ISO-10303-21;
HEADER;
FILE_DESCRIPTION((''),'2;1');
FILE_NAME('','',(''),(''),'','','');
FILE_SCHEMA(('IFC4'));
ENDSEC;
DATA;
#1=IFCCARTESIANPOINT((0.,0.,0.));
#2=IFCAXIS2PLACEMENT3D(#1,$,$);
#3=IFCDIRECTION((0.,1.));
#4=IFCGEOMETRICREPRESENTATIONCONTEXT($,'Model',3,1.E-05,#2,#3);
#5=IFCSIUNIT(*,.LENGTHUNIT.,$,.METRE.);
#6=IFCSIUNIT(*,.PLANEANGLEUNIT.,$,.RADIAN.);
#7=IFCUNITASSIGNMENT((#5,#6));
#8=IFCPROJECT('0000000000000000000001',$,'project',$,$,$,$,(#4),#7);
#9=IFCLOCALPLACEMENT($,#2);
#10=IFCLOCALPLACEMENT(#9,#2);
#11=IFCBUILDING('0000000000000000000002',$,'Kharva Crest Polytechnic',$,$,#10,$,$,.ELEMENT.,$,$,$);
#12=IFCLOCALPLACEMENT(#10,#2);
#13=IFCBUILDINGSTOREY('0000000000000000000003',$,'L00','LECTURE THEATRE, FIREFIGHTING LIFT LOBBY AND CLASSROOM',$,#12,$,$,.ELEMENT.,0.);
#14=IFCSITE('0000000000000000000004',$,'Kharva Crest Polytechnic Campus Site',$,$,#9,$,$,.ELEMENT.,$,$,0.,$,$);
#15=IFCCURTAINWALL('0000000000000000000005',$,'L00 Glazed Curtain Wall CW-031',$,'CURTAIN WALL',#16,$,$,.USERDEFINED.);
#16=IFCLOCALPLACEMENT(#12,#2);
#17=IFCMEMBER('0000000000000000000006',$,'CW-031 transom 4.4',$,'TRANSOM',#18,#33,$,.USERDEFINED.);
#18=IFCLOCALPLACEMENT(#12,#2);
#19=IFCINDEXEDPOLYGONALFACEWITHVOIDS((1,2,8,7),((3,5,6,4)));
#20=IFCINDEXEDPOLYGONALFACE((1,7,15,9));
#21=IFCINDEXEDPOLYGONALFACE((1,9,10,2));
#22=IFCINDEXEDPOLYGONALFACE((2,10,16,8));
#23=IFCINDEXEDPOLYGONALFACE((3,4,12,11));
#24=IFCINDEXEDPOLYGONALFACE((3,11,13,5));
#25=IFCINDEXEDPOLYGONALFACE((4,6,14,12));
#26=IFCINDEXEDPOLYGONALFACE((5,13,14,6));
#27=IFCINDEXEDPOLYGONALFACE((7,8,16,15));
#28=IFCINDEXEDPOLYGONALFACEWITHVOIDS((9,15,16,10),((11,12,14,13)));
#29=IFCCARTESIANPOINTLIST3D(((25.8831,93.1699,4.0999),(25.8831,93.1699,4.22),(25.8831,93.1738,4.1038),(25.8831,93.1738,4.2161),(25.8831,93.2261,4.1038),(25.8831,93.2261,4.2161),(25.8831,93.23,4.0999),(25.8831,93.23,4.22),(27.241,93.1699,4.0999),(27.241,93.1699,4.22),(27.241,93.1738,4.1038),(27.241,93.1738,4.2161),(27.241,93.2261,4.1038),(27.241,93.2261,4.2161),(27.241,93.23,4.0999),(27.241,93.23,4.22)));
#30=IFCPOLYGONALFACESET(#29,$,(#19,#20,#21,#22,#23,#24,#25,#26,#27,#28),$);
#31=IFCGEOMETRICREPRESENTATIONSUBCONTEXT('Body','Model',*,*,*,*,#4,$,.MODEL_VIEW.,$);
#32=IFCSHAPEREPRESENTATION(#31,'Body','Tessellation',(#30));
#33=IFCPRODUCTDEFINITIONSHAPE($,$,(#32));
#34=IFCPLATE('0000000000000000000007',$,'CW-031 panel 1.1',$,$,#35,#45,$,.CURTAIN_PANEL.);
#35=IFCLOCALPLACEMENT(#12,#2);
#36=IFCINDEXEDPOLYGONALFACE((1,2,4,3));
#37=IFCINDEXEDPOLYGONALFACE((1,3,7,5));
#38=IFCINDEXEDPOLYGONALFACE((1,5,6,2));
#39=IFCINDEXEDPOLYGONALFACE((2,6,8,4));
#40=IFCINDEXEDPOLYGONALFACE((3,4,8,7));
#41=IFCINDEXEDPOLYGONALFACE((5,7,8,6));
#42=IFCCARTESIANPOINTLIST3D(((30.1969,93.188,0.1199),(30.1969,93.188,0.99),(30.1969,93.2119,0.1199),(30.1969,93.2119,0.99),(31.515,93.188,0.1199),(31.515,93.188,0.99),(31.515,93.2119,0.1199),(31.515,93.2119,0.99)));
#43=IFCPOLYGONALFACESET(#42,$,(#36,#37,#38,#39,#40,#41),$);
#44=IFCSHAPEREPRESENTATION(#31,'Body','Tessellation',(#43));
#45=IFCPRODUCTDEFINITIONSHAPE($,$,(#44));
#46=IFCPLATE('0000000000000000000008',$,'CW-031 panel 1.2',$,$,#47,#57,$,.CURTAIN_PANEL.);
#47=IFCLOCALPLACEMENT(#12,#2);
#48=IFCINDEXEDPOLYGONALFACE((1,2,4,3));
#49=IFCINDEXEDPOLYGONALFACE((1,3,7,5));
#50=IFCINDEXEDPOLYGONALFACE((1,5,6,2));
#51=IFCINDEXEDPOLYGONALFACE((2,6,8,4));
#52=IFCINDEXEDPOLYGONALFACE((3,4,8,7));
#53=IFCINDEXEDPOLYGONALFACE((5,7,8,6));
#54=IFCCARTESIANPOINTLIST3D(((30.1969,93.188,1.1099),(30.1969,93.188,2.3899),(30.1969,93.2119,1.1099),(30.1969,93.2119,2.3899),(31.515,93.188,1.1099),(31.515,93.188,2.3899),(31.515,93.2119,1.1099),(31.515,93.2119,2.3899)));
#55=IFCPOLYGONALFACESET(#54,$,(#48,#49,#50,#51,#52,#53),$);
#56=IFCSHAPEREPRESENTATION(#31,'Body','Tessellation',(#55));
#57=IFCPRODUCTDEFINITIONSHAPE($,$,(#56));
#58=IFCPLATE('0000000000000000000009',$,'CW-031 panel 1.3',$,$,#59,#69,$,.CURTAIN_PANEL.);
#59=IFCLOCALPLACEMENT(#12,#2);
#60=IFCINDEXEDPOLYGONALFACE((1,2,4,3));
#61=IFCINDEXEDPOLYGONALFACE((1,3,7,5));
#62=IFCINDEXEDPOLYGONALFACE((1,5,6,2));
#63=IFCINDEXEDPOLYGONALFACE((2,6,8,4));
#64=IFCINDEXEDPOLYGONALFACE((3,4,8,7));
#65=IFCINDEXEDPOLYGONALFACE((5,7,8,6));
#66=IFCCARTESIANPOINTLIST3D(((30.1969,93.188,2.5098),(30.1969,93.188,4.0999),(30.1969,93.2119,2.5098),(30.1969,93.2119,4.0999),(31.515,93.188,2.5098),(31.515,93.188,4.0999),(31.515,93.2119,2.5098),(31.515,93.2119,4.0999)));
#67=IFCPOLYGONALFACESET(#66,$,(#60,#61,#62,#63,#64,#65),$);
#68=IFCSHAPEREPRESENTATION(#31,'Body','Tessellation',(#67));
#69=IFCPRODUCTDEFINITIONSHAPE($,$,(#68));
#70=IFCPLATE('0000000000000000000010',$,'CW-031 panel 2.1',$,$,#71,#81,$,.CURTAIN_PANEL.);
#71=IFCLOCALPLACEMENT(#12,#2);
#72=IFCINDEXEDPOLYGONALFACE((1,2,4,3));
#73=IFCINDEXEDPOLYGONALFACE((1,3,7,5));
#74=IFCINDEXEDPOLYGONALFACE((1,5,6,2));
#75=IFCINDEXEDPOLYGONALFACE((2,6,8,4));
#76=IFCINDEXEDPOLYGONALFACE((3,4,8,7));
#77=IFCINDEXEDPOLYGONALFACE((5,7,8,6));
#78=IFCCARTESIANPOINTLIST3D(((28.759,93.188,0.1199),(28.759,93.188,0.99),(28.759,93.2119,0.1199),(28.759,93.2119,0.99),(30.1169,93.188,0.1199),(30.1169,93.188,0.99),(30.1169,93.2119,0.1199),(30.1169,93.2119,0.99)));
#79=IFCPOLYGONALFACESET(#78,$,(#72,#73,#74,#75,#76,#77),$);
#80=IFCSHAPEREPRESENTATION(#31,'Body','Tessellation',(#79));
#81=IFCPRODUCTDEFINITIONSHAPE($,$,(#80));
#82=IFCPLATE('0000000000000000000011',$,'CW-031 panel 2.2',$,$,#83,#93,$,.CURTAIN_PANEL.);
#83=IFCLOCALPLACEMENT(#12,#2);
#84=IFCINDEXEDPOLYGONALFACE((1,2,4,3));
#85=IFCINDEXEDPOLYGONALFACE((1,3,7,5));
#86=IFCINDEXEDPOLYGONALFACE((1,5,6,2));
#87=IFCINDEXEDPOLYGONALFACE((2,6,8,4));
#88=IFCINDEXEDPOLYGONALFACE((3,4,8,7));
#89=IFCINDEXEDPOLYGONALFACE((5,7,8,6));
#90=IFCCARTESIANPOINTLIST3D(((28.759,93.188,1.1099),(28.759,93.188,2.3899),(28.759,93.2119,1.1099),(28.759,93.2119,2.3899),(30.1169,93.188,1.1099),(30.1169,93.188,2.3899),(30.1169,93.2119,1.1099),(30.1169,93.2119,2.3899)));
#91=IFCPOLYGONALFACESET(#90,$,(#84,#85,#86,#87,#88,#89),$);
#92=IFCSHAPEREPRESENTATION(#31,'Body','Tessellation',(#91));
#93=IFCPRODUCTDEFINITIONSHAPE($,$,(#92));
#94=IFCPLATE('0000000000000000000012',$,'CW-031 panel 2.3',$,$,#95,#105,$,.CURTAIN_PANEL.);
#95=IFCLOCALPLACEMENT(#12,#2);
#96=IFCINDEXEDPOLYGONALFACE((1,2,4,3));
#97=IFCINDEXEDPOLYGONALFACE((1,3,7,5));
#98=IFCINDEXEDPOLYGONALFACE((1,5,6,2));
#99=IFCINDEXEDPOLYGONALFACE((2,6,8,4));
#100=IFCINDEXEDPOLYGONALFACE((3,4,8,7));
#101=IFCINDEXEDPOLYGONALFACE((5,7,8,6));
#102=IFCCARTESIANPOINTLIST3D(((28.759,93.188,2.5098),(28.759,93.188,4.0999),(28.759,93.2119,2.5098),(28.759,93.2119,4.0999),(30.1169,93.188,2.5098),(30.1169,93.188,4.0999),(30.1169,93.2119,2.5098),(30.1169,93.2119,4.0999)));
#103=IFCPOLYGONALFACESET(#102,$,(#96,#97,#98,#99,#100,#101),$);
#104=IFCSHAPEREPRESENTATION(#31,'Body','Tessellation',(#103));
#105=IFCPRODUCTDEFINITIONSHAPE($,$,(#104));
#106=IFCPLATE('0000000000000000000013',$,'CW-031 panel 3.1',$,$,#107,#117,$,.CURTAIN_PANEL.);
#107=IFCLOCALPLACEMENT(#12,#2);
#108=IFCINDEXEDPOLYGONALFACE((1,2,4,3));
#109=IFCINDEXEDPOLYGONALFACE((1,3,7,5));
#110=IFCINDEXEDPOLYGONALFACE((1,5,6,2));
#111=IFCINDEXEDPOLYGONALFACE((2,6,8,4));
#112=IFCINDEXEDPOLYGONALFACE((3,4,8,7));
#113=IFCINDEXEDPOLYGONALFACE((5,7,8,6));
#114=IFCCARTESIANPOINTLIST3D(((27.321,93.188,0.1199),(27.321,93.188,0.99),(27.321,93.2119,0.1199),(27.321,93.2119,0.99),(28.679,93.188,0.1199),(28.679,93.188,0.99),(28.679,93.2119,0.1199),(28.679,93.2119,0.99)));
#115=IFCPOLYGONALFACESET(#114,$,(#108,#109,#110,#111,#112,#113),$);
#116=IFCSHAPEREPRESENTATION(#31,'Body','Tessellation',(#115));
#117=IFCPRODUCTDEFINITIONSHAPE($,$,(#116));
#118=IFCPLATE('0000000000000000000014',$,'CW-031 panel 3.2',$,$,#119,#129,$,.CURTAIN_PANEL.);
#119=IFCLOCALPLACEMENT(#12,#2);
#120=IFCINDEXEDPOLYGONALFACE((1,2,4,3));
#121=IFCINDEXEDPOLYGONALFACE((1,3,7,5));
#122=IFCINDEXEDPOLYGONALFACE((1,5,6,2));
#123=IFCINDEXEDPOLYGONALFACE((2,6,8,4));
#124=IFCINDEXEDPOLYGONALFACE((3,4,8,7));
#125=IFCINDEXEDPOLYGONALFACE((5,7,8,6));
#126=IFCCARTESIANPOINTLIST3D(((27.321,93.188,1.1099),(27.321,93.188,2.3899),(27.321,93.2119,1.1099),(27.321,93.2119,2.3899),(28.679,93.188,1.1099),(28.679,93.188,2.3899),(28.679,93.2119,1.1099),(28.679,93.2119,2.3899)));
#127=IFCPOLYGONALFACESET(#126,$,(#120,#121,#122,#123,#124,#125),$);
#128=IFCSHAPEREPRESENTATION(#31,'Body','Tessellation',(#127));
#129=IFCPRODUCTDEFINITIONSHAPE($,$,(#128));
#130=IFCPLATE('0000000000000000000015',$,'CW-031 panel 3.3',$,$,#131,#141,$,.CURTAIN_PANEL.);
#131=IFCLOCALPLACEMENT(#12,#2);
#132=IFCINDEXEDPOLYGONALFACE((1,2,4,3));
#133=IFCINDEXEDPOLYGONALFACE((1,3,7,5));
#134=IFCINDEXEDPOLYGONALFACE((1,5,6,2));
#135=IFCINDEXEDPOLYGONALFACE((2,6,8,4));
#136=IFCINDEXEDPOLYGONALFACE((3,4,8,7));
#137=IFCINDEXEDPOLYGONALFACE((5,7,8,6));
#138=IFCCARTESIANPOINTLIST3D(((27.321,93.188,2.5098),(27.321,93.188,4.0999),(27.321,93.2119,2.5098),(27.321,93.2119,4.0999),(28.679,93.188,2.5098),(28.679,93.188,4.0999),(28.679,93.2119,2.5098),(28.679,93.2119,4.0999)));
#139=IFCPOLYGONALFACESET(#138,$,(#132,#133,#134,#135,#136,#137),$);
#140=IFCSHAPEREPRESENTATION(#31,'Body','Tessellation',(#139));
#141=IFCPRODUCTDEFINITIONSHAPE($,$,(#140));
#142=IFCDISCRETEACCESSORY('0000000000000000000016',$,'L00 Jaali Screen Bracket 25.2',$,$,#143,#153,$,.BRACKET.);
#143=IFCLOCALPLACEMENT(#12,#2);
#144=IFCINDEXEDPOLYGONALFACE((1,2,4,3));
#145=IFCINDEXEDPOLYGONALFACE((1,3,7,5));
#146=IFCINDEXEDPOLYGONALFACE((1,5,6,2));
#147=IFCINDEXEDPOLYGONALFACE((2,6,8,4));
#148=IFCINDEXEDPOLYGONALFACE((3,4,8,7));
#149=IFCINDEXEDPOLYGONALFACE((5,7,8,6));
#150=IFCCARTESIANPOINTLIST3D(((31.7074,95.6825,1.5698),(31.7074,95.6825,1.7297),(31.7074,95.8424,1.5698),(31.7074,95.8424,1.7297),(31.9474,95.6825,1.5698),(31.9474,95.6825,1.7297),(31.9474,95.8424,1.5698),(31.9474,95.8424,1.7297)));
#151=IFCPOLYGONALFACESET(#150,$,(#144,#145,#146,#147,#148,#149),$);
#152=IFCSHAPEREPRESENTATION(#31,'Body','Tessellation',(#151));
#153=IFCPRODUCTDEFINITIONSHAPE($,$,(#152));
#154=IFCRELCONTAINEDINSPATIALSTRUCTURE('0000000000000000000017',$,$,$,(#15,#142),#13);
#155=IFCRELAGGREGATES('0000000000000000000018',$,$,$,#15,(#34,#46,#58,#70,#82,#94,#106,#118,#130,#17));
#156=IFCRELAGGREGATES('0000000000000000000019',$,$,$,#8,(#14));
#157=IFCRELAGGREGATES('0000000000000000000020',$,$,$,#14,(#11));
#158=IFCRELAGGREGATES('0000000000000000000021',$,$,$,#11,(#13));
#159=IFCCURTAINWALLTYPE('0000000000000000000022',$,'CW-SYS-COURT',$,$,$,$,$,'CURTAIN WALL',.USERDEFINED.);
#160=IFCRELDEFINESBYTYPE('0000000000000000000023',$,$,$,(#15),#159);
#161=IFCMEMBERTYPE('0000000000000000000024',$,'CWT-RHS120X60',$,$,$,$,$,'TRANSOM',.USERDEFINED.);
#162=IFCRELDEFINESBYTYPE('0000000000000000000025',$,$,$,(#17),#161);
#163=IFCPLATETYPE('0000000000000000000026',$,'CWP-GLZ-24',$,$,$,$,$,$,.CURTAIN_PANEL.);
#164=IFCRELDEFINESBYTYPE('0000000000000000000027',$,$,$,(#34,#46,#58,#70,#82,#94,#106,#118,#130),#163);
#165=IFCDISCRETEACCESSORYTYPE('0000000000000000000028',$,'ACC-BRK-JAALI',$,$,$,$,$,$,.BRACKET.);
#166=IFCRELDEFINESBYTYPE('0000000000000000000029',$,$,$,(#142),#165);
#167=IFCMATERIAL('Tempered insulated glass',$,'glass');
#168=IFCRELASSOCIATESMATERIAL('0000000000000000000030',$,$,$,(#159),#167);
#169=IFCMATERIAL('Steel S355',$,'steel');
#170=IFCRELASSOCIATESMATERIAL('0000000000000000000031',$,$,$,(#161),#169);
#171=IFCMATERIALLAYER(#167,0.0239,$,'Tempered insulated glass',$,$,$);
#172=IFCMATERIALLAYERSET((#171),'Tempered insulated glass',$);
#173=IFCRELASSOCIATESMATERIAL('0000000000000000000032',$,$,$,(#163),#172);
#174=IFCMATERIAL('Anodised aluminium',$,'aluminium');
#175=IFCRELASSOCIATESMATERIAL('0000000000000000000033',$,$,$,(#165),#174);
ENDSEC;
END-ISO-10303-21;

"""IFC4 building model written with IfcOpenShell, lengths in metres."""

from ifc_helpers import new_model, si_unit, direction, frame, origin, origin_2d, place, context, subcontext, project, spatial, rectangle, hollow_rectangle, extrude, material, layer, layer_set, material_profile, profile_set, type_object, element, aggregate, save


model = new_model("IFC4")

# Units and contexts
model_context = context("Model", 3, precision=1e-05, world=origin(), true_north=direction((0.0, 1.0)))
body_context = subcontext(model_context, "Body", "Model", "MODEL_VIEW")
ifc_project = project(units=[si_unit("LENGTHUNIT", "METRE"), si_unit("PLANEANGLEUNIT", "RADIAN")], contexts=[model_context])

# Site, building, storey
site_placement = place(None, origin())
site = spatial("IfcSite", under=ifc_project, at=site_placement, Name="Kharva Crest Polytechnic Campus Site", CompositionType="ELEMENT", RefElevation=0.0)
building_placement = place(site_placement, origin())
building = spatial("IfcBuilding", under=site, at=building_placement, Name="Kharva Crest Polytechnic", CompositionType="ELEMENT")
storey_placement = place(building_placement, origin())
storey = spatial("IfcBuildingStorey", under=building, at=storey_placement, Name="L00", Description="LECTURE THEATRE, FIREFIGHTING LIFT LOBBY AND CLASSROOM", CompositionType="ELEMENT", Elevation=0.0)

# Curtain wall, member, plates
ifc_material_1 = material(Name="Tempered insulated glass", Category="glass")
curtain_wall_type = type_object("IfcCurtainWallType", Name="CW-SYS-COURT", ElementType="CURTAIN WALL", PredefinedType="USERDEFINED", material=ifc_material_1)
curtain_wall_placement = place(storey_placement, origin())
curtain_wall = element("IfcCurtainWall", 1, at=curtain_wall_placement, inside=storey, type_object=curtain_wall_type, Name="L00 Glazed Curtain Wall CW-031", ObjectType="CURTAIN WALL", PredefinedType="USERDEFINED")
ifc_material_2 = material(Name="Steel S355", Category="steel")
ifc_material_profile_1 = material_profile(ifc_material_2, hollow_rectangle(XDim=0.0601, YDim=0.1201, WallThickness=0.0039, at=origin_2d()), Name="RHS 120X60X4.0")
ifc_profile_set_1 = profile_set([ifc_material_profile_1], Name="Steel S355")
member_type_1 = type_object("IfcMemberType", Name="CWT-RHS120X60", ElementType="TRANSOM", PredefinedType="USERDEFINED", material=ifc_profile_set_1)
member_1_placement = place(storey_placement, frame((27.241, 93.2, 4.1599), z_axis=(-1.0, 0.0, 0.0), x_axis=(0.0, -1.0, 0.0)))
member_1 = element("IfcMember", 2, at=member_1_placement, type_object=member_type_1, Name="CW-031 transom 4.4", ObjectType="TRANSOM", PredefinedType="USERDEFINED", context=body_context, shape_type="SweptSolid", body=[
    extrude(hollow_rectangle(XDim=0.0601, YDim=0.1201, WallThickness=0.0039, at=origin_2d()), origin(), (0.0, 0.0, 1.0), 1.3579),
])
ifc_layer = layer(ifc_material_1, 0.0239, Name="Tempered insulated glass")
ifc_layer_set = layer_set([ifc_layer], Name="Tempered insulated glass")
plate_type = type_object("IfcPlateType", Name="CWP-GLZ-24", PredefinedType="CURTAIN_PANEL", material=ifc_layer_set)
plate_1_placement = place(storey_placement, frame((30.856, 93.2, 0.1199), z_axis=(0.0, 0.0, 1.0), x_axis=(-1.0, 0.0, 0.0)))
plate_1 = element("IfcPlate", 3, at=plate_1_placement, type_object=plate_type, Name="CW-031 panel 1.1", PredefinedType="CURTAIN_PANEL", context=body_context, shape_type="SweptSolid", body=[
    extrude(rectangle(XDim=1.3181, YDim=0.0239, at=origin_2d()), origin(), (0.0, 0.0, 1.0), 0.8701),
])
plate_2_placement = place(storey_placement, frame((30.856, 93.2, 1.1099), z_axis=(0.0, 0.0, 1.0), x_axis=(-1.0, 0.0, 0.0)))
plate_2 = element("IfcPlate", 4, at=plate_2_placement, type_object=plate_type, Name="CW-031 panel 1.2", PredefinedType="CURTAIN_PANEL", context=body_context, shape_type="SweptSolid", body=[
    extrude(rectangle(XDim=1.3181, YDim=0.0239, at=origin_2d()), origin(), (0.0, 0.0, 1.0), 1.28),
])
plate_3_placement = place(storey_placement, frame((30.856, 93.2, 2.5098), z_axis=(0.0, 0.0, 1.0), x_axis=(-1.0, 0.0, 0.0)))
plate_3 = element("IfcPlate", 5, at=plate_3_placement, type_object=plate_type, Name="CW-031 panel 1.3", PredefinedType="CURTAIN_PANEL", context=body_context, shape_type="SweptSolid", body=[
    extrude(rectangle(XDim=1.3181, YDim=0.0239, at=origin_2d()), origin(), (0.0, 0.0, 1.0), 1.5901),
])
plate_4_placement = place(storey_placement, frame((29.438, 93.2, 0.1199), z_axis=(0.0, 0.0, 1.0), x_axis=(-1.0, 0.0, 0.0)))
plate_4 = element("IfcPlate", 6, at=plate_4_placement, type_object=plate_type, Name="CW-031 panel 2.1", PredefinedType="CURTAIN_PANEL", context=body_context, shape_type="SweptSolid", body=[
    extrude(rectangle(XDim=1.3579, YDim=0.0239, at=origin_2d()), origin(), (0.0, 0.0, 1.0), 0.8701),
])
plate_5_placement = place(storey_placement, frame((29.438, 93.2, 1.1099), z_axis=(0.0, 0.0, 1.0), x_axis=(-1.0, 0.0, 0.0)))
plate_5 = element("IfcPlate", 7, at=plate_5_placement, type_object=plate_type, Name="CW-031 panel 2.2", PredefinedType="CURTAIN_PANEL", context=body_context, shape_type="SweptSolid", body=[
    extrude(rectangle(XDim=1.3579, YDim=0.0239, at=origin_2d()), origin(), (0.0, 0.0, 1.0), 1.28),
])
plate_6_placement = place(storey_placement, frame((29.438, 93.2, 2.5098), z_axis=(0.0, 0.0, 1.0), x_axis=(-1.0, 0.0, 0.0)))
plate_6 = element("IfcPlate", 8, at=plate_6_placement, type_object=plate_type, Name="CW-031 panel 2.3", PredefinedType="CURTAIN_PANEL", context=body_context, shape_type="SweptSolid", body=[
    extrude(rectangle(XDim=1.3579, YDim=0.0239, at=origin_2d()), origin(), (0.0, 0.0, 1.0), 1.5901),
])
plate_7_placement = place(storey_placement, frame((28.0, 93.2, 0.1199), z_axis=(0.0, 0.0, 1.0), x_axis=(-1.0, 0.0, 0.0)))
plate_7 = element("IfcPlate", 9, at=plate_7_placement, type_object=plate_type, Name="CW-031 panel 3.1", PredefinedType="CURTAIN_PANEL", context=body_context, shape_type="SweptSolid", body=[
    extrude(rectangle(XDim=1.3579, YDim=0.0239, at=origin_2d()), origin(), (0.0, 0.0, 1.0), 0.8701),
])
plate_8_placement = place(storey_placement, frame((28.0, 93.2, 1.1099), z_axis=(0.0, 0.0, 1.0), x_axis=(-1.0, 0.0, 0.0)))
plate_8 = element("IfcPlate", 10, at=plate_8_placement, type_object=plate_type, Name="CW-031 panel 3.2", PredefinedType="CURTAIN_PANEL", context=body_context, shape_type="SweptSolid", body=[
    extrude(rectangle(XDim=1.3579, YDim=0.0239, at=origin_2d()), origin(), (0.0, 0.0, 1.0), 1.28),
])
plate_9_placement = place(storey_placement, frame((28.0, 93.2, 2.5098), z_axis=(0.0, 0.0, 1.0), x_axis=(-1.0, 0.0, 0.0)))
plate_9 = element("IfcPlate", 11, at=plate_9_placement, type_object=plate_type, Name="CW-031 panel 3.3", PredefinedType="CURTAIN_PANEL", context=body_context, shape_type="SweptSolid", body=[
    extrude(rectangle(XDim=1.3579, YDim=0.0239, at=origin_2d()), origin(), (0.0, 0.0, 1.0), 1.5901),
])
aggregate(curtain_wall, [plate_1, plate_2, plate_3, plate_4, plate_5, plate_6, plate_7, plate_8, plate_9, member_1])

# Discrete accessory
ifc_material_3 = material(Name="Anodised aluminium", Category="aluminium")
discrete_accessory_type = type_object("IfcDiscreteAccessoryType", Name="ACC-BRK-JAALI", PredefinedType="BRACKET", material=ifc_material_3)
discrete_accessory_placement = place(storey_placement, frame((31.8274, 95.7625, 1.5698), z_axis=(0.0, 0.0, 1.0), x_axis=(0.0, 1.0, 0.0)))
element("IfcDiscreteAccessory", 12, at=discrete_accessory_placement, inside=storey, type_object=discrete_accessory_type, Name="L00 Jaali Screen Bracket 25.2", PredefinedType="BRACKET", context=body_context, shape_type="SweptSolid", body=[
    extrude(rectangle(XDim=0.1599, YDim=0.24, at=origin_2d()), origin(), (0.0, 0.0, 1.0), 0.1599),
])

save(model, "model.ifc")
